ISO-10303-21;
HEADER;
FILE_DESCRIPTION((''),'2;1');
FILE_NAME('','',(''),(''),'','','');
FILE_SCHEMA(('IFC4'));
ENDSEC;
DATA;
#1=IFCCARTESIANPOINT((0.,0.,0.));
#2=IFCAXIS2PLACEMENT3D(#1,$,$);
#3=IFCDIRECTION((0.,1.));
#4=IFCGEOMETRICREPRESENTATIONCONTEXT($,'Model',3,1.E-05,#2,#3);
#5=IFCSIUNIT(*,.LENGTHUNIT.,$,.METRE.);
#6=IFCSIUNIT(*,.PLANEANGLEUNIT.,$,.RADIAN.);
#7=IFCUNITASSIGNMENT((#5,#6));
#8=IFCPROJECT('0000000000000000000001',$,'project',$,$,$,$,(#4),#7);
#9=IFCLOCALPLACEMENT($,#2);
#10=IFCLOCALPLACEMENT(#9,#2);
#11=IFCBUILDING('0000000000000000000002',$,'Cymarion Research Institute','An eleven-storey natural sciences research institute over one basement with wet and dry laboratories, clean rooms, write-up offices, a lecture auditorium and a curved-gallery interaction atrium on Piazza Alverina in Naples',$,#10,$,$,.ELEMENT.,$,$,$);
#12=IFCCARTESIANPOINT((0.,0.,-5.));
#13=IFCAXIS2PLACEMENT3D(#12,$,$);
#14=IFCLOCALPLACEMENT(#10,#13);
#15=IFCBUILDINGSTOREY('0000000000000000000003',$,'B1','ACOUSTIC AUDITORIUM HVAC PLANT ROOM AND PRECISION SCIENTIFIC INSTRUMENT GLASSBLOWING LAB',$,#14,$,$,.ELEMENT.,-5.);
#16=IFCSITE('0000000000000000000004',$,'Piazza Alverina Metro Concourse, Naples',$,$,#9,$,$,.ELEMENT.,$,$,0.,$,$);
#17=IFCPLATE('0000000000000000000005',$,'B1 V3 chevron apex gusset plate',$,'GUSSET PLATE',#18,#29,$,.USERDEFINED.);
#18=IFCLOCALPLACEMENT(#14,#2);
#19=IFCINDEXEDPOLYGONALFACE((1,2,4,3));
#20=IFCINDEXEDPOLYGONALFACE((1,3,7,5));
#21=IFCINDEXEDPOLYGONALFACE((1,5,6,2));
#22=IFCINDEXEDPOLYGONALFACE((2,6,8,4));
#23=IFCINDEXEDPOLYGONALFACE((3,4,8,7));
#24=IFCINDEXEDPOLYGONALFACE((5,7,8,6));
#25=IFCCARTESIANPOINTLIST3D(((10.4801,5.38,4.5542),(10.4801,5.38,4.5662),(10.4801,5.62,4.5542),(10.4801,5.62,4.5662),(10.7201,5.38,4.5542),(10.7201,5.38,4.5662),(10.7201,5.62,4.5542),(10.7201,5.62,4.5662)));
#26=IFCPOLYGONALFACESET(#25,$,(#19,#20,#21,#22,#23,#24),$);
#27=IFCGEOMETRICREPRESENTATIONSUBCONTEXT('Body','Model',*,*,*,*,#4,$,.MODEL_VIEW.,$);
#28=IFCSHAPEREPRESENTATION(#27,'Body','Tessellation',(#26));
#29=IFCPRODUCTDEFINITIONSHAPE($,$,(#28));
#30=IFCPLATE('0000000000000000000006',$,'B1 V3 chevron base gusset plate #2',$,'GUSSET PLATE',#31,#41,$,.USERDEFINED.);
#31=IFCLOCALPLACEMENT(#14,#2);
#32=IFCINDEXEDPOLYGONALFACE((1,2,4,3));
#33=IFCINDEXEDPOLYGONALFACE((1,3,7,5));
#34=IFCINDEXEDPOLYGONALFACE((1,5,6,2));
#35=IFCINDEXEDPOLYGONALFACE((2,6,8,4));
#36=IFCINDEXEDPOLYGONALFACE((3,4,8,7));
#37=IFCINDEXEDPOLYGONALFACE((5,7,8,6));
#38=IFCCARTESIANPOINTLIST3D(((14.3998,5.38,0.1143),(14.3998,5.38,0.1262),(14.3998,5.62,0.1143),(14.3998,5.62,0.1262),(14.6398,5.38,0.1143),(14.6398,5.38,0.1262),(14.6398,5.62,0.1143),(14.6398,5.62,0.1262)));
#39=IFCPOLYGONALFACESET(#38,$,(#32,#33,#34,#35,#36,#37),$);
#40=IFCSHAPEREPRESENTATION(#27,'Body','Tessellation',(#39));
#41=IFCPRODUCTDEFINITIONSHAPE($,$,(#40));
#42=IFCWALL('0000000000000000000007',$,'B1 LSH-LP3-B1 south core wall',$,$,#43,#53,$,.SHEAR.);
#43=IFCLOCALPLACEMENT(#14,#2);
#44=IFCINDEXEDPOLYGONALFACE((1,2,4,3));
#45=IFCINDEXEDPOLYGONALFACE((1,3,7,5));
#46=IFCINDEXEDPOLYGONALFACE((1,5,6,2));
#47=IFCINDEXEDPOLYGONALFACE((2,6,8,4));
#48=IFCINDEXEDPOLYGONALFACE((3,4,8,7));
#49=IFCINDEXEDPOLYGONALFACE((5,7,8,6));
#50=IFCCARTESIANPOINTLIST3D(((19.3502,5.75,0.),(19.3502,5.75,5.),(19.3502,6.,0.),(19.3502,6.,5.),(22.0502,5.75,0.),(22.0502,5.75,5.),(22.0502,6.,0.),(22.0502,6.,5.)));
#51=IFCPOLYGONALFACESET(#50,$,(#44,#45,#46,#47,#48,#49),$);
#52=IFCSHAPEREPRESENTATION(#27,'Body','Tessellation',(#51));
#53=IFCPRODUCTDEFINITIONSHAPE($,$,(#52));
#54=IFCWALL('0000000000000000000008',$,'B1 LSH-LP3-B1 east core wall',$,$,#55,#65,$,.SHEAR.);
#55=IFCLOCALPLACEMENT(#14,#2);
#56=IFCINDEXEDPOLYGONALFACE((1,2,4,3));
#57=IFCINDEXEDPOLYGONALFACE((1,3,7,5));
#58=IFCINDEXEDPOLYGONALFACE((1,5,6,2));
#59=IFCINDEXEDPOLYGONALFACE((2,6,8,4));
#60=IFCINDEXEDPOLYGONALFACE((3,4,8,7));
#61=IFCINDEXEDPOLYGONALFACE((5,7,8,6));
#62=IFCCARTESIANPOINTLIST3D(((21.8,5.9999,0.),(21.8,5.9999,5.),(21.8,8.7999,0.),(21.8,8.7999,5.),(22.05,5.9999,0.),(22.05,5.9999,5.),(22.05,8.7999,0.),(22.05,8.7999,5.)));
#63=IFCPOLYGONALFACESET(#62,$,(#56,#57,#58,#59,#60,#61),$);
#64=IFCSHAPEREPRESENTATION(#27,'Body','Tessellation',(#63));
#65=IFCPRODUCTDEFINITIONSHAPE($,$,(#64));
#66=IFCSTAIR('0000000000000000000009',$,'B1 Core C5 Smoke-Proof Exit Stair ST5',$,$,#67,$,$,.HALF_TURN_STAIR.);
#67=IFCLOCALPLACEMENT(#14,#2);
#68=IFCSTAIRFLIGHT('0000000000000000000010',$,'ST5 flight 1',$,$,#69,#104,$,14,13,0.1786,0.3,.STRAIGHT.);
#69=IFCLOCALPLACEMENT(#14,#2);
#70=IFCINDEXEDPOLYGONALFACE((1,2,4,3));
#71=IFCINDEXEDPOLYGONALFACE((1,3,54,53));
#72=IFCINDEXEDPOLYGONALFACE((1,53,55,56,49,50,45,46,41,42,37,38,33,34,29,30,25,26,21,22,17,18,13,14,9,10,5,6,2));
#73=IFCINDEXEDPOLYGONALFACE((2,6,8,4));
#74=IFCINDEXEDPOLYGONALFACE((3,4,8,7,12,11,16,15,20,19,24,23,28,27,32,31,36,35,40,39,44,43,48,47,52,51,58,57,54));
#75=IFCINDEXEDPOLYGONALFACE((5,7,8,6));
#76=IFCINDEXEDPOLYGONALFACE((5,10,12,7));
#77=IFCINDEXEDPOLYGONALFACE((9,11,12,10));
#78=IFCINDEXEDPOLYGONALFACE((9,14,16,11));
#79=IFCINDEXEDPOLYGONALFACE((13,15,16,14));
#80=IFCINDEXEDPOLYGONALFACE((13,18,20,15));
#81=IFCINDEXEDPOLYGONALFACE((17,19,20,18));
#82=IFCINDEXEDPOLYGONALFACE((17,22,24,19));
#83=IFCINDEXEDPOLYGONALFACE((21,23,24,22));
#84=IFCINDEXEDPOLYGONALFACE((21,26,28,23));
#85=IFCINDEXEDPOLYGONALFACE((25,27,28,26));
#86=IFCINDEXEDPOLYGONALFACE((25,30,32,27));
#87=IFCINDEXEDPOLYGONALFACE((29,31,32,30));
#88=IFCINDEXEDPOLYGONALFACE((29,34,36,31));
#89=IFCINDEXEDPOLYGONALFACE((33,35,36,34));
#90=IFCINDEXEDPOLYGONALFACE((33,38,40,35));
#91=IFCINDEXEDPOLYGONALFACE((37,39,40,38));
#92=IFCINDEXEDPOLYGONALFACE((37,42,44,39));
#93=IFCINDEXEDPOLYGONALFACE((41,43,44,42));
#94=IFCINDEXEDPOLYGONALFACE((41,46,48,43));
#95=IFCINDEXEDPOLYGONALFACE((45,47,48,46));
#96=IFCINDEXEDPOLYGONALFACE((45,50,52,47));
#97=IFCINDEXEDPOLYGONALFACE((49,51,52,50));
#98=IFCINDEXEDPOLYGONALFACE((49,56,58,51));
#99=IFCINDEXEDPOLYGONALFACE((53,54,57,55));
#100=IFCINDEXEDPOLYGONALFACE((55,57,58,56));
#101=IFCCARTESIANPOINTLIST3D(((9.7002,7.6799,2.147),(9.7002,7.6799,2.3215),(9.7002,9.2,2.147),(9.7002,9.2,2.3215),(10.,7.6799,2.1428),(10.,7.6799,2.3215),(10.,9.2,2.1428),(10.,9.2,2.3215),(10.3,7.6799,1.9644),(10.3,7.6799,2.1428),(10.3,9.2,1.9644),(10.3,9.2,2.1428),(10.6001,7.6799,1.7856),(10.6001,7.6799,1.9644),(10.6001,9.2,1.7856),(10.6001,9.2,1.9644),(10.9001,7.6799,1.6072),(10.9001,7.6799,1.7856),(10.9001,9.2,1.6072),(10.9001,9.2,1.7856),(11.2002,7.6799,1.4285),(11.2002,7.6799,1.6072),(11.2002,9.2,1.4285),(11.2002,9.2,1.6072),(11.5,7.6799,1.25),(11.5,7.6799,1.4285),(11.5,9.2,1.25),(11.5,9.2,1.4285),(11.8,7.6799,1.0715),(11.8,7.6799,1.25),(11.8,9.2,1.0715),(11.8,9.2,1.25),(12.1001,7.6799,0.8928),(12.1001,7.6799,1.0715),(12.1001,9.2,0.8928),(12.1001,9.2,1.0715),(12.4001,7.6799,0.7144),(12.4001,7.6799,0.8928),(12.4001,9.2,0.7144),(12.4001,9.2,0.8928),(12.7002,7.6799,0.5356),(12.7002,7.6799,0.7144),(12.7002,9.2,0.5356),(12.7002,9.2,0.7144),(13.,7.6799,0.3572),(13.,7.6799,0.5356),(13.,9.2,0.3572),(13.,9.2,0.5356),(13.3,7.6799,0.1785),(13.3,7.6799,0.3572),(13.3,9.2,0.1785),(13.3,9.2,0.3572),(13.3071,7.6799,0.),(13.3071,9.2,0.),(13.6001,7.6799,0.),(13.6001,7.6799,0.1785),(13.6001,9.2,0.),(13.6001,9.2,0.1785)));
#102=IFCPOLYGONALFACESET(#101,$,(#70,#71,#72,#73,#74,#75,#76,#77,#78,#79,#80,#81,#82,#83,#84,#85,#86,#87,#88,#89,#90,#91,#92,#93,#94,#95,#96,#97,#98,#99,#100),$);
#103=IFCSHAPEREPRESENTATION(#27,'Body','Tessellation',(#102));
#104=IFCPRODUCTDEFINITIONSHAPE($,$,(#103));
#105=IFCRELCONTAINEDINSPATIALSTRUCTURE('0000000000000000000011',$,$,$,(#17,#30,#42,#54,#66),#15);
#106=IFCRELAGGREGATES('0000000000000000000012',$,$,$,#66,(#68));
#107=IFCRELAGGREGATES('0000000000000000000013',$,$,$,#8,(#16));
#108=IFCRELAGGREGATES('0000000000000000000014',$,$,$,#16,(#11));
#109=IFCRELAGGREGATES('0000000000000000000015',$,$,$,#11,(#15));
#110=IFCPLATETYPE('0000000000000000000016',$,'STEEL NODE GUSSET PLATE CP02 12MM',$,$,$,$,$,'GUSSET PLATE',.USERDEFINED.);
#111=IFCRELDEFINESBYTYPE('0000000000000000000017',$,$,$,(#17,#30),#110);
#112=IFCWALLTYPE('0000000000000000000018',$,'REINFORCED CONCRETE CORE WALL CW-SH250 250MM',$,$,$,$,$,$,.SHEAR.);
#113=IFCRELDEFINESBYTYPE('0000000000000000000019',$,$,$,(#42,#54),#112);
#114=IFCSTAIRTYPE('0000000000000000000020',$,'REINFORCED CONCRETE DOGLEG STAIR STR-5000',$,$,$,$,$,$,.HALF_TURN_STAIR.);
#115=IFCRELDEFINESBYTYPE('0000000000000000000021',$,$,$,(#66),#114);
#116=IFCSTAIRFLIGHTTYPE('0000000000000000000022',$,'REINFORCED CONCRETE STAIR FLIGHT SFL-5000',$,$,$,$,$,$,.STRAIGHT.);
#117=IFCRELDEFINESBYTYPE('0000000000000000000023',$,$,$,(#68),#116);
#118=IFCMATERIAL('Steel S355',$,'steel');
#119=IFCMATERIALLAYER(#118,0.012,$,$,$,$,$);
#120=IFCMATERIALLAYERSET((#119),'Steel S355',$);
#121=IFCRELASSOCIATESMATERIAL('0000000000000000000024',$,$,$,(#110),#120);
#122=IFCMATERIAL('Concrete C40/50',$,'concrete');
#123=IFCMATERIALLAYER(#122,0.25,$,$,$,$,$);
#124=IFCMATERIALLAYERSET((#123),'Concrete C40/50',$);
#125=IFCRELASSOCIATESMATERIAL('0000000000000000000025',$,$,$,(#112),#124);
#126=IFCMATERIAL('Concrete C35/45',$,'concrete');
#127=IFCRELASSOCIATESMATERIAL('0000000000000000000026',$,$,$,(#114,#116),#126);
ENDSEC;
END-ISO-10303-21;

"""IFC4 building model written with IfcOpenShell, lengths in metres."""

from ifc_helpers import new_model, si_unit, direction, frame, frame_2d, origin, origin_2d, place, context, subcontext, project, spatial, polyline, rectangle, outline, extrude, material, layer, layer_set, type_object, element, aggregate, save


model = new_model("IFC4")

# Units and contexts
model_context = context("Model", 3, precision=1e-05, world=origin(), true_north=direction((0.0, 1.0)))
body_context = subcontext(model_context, "Body", "Model", "MODEL_VIEW")
ifc_project = project(units=[si_unit("LENGTHUNIT", "METRE"), si_unit("PLANEANGLEUNIT", "RADIAN")], contexts=[model_context])

# Site, building, storey
site_placement = place(None, origin())
site = spatial("IfcSite", under=ifc_project, at=site_placement, Name="Piazza Alverina Metro Concourse, Naples", CompositionType="ELEMENT", RefElevation=0.0)
building_placement = place(site_placement, origin())
building = spatial("IfcBuilding", under=site, at=building_placement, Name="Cymarion Research Institute", Description="An eleven-storey natural sciences research institute over one basement with wet and dry laboratories, clean rooms, write-up offices, a lecture auditorium and a curved-gallery interaction atrium on Piazza Alverina in Naples", CompositionType="ELEMENT")
storey_placement = place(building_placement, frame((0.0, 0.0, -5.0)))
storey = spatial("IfcBuildingStorey", under=building, at=storey_placement, Name="B1", Description="ACOUSTIC AUDITORIUM HVAC PLANT ROOM AND PRECISION SCIENTIFIC INSTRUMENT GLASSBLOWING LAB", CompositionType="ELEMENT", Elevation=-5.0)

# Shared definitions
ifc_material_1 = material(Name="Concrete C35/45", Category="concrete")

# Shared definitions
ifc_material_2 = material(Name="Concrete C40/50", Category="concrete")
ifc_material_3 = material(Name="Steel S355", Category="steel")

# Plates
ifc_layer_1 = layer(ifc_material_3, 0.012)
ifc_layer_set_1 = layer_set([ifc_layer_1], Name="Steel S355")
plate_type = type_object("IfcPlateType", Name="STEEL NODE GUSSET PLATE CP02 12MM", ElementType="GUSSET PLATE", PredefinedType="USERDEFINED", material=ifc_layer_set_1)
for number, where, z_axis, x_axis, name in (
    (1, (10.6001, 5.5, 4.5542), (0.0, 0.0, 1.0), (1.0, 0.0, 0.0), "B1 V3 chevron apex gusset plate"),
    (2, (14.5198, 5.5, 0.1143), (0.0, 0.0, 1.0), (1.0, 0.0, 0.0), "B1 V3 chevron base gusset plate #2"),
):
    element("IfcPlate", number, at=place(storey_placement, frame(where, z_axis=z_axis, x_axis=x_axis)), inside=storey, type_object=plate_type, Name=name, ObjectType="GUSSET PLATE", PredefinedType="USERDEFINED", context=body_context, shape_type="SweptSolid", body=[
        extrude(rectangle(XDim=0.24, YDim=0.24, at=origin_2d()), origin(), (0.0, 0.0, 1.0), 0.012),
    ])

# Walls
ifc_layer_2 = layer(ifc_material_2, 0.25)
ifc_layer_set_2 = layer_set([ifc_layer_2], Name="Concrete C40/50")
wall_type_1 = type_object("IfcWallType", Name="REINFORCED CONCRETE CORE WALL CW-SH250 250MM", PredefinedType="SHEAR", material=ifc_layer_set_2)
wall_1_placement = place(storey_placement, frame((19.3501, 5.875, 0.0), z_axis=(0.0, 0.0, 1.0), x_axis=(1.0, 0.0, 0.0)))
element("IfcWall", 3, at=wall_1_placement, inside=storey, type_object=wall_type_1, Name="B1 LSH-LP3-B1 south core wall", PredefinedType="SHEAR", context=body_context, shape_type="SweptSolid", body=[
    extrude(rectangle(XDim=2.7, YDim=0.25, at=frame_2d((1.3501, 0.0))), origin(), (0.0, 0.0, 1.0), 5.0),
])
wall_2_placement = place(storey_placement, frame((21.925, 6.0, 0.0), z_axis=(0.0, 0.0, 1.0), x_axis=(0.0, 1.0, 0.0)))
element("IfcWall", 4, at=wall_2_placement, inside=storey, type_object=wall_type_1, Name="B1 LSH-LP3-B1 east core wall", PredefinedType="SHEAR", context=body_context, shape_type="SweptSolid", body=[
    extrude(rectangle(XDim=2.8, YDim=0.25, at=frame_2d((1.3999, 0.0))), origin(), (0.0, 0.0, 1.0), 5.0),
])

# Stair, stair flight
stair_type = type_object("IfcStairType", Name="REINFORCED CONCRETE DOGLEG STAIR STR-5000", PredefinedType="HALF_TURN_STAIR", material=ifc_material_1)
stair_placement = place(storey_placement, origin())
stair = element("IfcStair", 5, at=stair_placement, inside=storey, type_object=stair_type, Name="B1 Core C5 Smoke-Proof Exit Stair ST5", PredefinedType="HALF_TURN_STAIR")
stair_flight_type = type_object("IfcStairFlightType", Name="REINFORCED CONCRETE STAIR FLIGHT SFL-5000", PredefinedType="STRAIGHT", material=ifc_material_1)
stair_flight_placement = place(storey_placement, frame((13.6001, 8.4399, 0.0), z_axis=(0.0, 0.0, 1.0), x_axis=(-1.0, 0.0, 0.0)))
stair_flight = element("IfcStairFlight", 6, at=stair_flight_placement, type_object=stair_flight_type, Name="ST5 flight 1", NumberOfRisers=14, NumberOfTreads=13, PredefinedType="STRAIGHT", RiserHeight=0.1786, TreadLength=0.3, context=body_context, shape_type="SweptSolid", body=[
    extrude(outline(polyline([(0.0, 0.0), (0.0, 0.1785), (0.3, 0.1785), (0.3, 0.3572), (0.6001, 0.3572), (0.6001, 0.5356), (0.8999, 0.5356), (0.8999, 0.7144), (1.2, 0.7144), (1.2, 0.8928), (1.5, 0.8928), (1.5, 1.0715), (1.8, 1.0715), (1.8, 1.25), (2.1001, 1.25), (2.1001, 1.4285), (2.3999, 1.4285), (2.3999, 1.6072), (2.7, 1.6072), (2.7, 1.7856), (3.0, 1.7856), (3.0, 1.9644), (3.3, 1.9644), (3.3, 2.1428), (3.6001, 2.1428), (3.6001, 2.3215), (3.8999, 2.3215), (3.8999, 2.5), (3.8999, 2.147), (0.293, 0.0), (0.0, 0.0)])), frame((0.0, 0.76, 0.0), z_axis=(0.0, -1.0, 0.0), x_axis=(1.0, 0.0, 0.0)), (0.0, 0.0, 1.0), 1.52),
])
aggregate(stair, [stair_flight])

save(model, "model.ifc")
